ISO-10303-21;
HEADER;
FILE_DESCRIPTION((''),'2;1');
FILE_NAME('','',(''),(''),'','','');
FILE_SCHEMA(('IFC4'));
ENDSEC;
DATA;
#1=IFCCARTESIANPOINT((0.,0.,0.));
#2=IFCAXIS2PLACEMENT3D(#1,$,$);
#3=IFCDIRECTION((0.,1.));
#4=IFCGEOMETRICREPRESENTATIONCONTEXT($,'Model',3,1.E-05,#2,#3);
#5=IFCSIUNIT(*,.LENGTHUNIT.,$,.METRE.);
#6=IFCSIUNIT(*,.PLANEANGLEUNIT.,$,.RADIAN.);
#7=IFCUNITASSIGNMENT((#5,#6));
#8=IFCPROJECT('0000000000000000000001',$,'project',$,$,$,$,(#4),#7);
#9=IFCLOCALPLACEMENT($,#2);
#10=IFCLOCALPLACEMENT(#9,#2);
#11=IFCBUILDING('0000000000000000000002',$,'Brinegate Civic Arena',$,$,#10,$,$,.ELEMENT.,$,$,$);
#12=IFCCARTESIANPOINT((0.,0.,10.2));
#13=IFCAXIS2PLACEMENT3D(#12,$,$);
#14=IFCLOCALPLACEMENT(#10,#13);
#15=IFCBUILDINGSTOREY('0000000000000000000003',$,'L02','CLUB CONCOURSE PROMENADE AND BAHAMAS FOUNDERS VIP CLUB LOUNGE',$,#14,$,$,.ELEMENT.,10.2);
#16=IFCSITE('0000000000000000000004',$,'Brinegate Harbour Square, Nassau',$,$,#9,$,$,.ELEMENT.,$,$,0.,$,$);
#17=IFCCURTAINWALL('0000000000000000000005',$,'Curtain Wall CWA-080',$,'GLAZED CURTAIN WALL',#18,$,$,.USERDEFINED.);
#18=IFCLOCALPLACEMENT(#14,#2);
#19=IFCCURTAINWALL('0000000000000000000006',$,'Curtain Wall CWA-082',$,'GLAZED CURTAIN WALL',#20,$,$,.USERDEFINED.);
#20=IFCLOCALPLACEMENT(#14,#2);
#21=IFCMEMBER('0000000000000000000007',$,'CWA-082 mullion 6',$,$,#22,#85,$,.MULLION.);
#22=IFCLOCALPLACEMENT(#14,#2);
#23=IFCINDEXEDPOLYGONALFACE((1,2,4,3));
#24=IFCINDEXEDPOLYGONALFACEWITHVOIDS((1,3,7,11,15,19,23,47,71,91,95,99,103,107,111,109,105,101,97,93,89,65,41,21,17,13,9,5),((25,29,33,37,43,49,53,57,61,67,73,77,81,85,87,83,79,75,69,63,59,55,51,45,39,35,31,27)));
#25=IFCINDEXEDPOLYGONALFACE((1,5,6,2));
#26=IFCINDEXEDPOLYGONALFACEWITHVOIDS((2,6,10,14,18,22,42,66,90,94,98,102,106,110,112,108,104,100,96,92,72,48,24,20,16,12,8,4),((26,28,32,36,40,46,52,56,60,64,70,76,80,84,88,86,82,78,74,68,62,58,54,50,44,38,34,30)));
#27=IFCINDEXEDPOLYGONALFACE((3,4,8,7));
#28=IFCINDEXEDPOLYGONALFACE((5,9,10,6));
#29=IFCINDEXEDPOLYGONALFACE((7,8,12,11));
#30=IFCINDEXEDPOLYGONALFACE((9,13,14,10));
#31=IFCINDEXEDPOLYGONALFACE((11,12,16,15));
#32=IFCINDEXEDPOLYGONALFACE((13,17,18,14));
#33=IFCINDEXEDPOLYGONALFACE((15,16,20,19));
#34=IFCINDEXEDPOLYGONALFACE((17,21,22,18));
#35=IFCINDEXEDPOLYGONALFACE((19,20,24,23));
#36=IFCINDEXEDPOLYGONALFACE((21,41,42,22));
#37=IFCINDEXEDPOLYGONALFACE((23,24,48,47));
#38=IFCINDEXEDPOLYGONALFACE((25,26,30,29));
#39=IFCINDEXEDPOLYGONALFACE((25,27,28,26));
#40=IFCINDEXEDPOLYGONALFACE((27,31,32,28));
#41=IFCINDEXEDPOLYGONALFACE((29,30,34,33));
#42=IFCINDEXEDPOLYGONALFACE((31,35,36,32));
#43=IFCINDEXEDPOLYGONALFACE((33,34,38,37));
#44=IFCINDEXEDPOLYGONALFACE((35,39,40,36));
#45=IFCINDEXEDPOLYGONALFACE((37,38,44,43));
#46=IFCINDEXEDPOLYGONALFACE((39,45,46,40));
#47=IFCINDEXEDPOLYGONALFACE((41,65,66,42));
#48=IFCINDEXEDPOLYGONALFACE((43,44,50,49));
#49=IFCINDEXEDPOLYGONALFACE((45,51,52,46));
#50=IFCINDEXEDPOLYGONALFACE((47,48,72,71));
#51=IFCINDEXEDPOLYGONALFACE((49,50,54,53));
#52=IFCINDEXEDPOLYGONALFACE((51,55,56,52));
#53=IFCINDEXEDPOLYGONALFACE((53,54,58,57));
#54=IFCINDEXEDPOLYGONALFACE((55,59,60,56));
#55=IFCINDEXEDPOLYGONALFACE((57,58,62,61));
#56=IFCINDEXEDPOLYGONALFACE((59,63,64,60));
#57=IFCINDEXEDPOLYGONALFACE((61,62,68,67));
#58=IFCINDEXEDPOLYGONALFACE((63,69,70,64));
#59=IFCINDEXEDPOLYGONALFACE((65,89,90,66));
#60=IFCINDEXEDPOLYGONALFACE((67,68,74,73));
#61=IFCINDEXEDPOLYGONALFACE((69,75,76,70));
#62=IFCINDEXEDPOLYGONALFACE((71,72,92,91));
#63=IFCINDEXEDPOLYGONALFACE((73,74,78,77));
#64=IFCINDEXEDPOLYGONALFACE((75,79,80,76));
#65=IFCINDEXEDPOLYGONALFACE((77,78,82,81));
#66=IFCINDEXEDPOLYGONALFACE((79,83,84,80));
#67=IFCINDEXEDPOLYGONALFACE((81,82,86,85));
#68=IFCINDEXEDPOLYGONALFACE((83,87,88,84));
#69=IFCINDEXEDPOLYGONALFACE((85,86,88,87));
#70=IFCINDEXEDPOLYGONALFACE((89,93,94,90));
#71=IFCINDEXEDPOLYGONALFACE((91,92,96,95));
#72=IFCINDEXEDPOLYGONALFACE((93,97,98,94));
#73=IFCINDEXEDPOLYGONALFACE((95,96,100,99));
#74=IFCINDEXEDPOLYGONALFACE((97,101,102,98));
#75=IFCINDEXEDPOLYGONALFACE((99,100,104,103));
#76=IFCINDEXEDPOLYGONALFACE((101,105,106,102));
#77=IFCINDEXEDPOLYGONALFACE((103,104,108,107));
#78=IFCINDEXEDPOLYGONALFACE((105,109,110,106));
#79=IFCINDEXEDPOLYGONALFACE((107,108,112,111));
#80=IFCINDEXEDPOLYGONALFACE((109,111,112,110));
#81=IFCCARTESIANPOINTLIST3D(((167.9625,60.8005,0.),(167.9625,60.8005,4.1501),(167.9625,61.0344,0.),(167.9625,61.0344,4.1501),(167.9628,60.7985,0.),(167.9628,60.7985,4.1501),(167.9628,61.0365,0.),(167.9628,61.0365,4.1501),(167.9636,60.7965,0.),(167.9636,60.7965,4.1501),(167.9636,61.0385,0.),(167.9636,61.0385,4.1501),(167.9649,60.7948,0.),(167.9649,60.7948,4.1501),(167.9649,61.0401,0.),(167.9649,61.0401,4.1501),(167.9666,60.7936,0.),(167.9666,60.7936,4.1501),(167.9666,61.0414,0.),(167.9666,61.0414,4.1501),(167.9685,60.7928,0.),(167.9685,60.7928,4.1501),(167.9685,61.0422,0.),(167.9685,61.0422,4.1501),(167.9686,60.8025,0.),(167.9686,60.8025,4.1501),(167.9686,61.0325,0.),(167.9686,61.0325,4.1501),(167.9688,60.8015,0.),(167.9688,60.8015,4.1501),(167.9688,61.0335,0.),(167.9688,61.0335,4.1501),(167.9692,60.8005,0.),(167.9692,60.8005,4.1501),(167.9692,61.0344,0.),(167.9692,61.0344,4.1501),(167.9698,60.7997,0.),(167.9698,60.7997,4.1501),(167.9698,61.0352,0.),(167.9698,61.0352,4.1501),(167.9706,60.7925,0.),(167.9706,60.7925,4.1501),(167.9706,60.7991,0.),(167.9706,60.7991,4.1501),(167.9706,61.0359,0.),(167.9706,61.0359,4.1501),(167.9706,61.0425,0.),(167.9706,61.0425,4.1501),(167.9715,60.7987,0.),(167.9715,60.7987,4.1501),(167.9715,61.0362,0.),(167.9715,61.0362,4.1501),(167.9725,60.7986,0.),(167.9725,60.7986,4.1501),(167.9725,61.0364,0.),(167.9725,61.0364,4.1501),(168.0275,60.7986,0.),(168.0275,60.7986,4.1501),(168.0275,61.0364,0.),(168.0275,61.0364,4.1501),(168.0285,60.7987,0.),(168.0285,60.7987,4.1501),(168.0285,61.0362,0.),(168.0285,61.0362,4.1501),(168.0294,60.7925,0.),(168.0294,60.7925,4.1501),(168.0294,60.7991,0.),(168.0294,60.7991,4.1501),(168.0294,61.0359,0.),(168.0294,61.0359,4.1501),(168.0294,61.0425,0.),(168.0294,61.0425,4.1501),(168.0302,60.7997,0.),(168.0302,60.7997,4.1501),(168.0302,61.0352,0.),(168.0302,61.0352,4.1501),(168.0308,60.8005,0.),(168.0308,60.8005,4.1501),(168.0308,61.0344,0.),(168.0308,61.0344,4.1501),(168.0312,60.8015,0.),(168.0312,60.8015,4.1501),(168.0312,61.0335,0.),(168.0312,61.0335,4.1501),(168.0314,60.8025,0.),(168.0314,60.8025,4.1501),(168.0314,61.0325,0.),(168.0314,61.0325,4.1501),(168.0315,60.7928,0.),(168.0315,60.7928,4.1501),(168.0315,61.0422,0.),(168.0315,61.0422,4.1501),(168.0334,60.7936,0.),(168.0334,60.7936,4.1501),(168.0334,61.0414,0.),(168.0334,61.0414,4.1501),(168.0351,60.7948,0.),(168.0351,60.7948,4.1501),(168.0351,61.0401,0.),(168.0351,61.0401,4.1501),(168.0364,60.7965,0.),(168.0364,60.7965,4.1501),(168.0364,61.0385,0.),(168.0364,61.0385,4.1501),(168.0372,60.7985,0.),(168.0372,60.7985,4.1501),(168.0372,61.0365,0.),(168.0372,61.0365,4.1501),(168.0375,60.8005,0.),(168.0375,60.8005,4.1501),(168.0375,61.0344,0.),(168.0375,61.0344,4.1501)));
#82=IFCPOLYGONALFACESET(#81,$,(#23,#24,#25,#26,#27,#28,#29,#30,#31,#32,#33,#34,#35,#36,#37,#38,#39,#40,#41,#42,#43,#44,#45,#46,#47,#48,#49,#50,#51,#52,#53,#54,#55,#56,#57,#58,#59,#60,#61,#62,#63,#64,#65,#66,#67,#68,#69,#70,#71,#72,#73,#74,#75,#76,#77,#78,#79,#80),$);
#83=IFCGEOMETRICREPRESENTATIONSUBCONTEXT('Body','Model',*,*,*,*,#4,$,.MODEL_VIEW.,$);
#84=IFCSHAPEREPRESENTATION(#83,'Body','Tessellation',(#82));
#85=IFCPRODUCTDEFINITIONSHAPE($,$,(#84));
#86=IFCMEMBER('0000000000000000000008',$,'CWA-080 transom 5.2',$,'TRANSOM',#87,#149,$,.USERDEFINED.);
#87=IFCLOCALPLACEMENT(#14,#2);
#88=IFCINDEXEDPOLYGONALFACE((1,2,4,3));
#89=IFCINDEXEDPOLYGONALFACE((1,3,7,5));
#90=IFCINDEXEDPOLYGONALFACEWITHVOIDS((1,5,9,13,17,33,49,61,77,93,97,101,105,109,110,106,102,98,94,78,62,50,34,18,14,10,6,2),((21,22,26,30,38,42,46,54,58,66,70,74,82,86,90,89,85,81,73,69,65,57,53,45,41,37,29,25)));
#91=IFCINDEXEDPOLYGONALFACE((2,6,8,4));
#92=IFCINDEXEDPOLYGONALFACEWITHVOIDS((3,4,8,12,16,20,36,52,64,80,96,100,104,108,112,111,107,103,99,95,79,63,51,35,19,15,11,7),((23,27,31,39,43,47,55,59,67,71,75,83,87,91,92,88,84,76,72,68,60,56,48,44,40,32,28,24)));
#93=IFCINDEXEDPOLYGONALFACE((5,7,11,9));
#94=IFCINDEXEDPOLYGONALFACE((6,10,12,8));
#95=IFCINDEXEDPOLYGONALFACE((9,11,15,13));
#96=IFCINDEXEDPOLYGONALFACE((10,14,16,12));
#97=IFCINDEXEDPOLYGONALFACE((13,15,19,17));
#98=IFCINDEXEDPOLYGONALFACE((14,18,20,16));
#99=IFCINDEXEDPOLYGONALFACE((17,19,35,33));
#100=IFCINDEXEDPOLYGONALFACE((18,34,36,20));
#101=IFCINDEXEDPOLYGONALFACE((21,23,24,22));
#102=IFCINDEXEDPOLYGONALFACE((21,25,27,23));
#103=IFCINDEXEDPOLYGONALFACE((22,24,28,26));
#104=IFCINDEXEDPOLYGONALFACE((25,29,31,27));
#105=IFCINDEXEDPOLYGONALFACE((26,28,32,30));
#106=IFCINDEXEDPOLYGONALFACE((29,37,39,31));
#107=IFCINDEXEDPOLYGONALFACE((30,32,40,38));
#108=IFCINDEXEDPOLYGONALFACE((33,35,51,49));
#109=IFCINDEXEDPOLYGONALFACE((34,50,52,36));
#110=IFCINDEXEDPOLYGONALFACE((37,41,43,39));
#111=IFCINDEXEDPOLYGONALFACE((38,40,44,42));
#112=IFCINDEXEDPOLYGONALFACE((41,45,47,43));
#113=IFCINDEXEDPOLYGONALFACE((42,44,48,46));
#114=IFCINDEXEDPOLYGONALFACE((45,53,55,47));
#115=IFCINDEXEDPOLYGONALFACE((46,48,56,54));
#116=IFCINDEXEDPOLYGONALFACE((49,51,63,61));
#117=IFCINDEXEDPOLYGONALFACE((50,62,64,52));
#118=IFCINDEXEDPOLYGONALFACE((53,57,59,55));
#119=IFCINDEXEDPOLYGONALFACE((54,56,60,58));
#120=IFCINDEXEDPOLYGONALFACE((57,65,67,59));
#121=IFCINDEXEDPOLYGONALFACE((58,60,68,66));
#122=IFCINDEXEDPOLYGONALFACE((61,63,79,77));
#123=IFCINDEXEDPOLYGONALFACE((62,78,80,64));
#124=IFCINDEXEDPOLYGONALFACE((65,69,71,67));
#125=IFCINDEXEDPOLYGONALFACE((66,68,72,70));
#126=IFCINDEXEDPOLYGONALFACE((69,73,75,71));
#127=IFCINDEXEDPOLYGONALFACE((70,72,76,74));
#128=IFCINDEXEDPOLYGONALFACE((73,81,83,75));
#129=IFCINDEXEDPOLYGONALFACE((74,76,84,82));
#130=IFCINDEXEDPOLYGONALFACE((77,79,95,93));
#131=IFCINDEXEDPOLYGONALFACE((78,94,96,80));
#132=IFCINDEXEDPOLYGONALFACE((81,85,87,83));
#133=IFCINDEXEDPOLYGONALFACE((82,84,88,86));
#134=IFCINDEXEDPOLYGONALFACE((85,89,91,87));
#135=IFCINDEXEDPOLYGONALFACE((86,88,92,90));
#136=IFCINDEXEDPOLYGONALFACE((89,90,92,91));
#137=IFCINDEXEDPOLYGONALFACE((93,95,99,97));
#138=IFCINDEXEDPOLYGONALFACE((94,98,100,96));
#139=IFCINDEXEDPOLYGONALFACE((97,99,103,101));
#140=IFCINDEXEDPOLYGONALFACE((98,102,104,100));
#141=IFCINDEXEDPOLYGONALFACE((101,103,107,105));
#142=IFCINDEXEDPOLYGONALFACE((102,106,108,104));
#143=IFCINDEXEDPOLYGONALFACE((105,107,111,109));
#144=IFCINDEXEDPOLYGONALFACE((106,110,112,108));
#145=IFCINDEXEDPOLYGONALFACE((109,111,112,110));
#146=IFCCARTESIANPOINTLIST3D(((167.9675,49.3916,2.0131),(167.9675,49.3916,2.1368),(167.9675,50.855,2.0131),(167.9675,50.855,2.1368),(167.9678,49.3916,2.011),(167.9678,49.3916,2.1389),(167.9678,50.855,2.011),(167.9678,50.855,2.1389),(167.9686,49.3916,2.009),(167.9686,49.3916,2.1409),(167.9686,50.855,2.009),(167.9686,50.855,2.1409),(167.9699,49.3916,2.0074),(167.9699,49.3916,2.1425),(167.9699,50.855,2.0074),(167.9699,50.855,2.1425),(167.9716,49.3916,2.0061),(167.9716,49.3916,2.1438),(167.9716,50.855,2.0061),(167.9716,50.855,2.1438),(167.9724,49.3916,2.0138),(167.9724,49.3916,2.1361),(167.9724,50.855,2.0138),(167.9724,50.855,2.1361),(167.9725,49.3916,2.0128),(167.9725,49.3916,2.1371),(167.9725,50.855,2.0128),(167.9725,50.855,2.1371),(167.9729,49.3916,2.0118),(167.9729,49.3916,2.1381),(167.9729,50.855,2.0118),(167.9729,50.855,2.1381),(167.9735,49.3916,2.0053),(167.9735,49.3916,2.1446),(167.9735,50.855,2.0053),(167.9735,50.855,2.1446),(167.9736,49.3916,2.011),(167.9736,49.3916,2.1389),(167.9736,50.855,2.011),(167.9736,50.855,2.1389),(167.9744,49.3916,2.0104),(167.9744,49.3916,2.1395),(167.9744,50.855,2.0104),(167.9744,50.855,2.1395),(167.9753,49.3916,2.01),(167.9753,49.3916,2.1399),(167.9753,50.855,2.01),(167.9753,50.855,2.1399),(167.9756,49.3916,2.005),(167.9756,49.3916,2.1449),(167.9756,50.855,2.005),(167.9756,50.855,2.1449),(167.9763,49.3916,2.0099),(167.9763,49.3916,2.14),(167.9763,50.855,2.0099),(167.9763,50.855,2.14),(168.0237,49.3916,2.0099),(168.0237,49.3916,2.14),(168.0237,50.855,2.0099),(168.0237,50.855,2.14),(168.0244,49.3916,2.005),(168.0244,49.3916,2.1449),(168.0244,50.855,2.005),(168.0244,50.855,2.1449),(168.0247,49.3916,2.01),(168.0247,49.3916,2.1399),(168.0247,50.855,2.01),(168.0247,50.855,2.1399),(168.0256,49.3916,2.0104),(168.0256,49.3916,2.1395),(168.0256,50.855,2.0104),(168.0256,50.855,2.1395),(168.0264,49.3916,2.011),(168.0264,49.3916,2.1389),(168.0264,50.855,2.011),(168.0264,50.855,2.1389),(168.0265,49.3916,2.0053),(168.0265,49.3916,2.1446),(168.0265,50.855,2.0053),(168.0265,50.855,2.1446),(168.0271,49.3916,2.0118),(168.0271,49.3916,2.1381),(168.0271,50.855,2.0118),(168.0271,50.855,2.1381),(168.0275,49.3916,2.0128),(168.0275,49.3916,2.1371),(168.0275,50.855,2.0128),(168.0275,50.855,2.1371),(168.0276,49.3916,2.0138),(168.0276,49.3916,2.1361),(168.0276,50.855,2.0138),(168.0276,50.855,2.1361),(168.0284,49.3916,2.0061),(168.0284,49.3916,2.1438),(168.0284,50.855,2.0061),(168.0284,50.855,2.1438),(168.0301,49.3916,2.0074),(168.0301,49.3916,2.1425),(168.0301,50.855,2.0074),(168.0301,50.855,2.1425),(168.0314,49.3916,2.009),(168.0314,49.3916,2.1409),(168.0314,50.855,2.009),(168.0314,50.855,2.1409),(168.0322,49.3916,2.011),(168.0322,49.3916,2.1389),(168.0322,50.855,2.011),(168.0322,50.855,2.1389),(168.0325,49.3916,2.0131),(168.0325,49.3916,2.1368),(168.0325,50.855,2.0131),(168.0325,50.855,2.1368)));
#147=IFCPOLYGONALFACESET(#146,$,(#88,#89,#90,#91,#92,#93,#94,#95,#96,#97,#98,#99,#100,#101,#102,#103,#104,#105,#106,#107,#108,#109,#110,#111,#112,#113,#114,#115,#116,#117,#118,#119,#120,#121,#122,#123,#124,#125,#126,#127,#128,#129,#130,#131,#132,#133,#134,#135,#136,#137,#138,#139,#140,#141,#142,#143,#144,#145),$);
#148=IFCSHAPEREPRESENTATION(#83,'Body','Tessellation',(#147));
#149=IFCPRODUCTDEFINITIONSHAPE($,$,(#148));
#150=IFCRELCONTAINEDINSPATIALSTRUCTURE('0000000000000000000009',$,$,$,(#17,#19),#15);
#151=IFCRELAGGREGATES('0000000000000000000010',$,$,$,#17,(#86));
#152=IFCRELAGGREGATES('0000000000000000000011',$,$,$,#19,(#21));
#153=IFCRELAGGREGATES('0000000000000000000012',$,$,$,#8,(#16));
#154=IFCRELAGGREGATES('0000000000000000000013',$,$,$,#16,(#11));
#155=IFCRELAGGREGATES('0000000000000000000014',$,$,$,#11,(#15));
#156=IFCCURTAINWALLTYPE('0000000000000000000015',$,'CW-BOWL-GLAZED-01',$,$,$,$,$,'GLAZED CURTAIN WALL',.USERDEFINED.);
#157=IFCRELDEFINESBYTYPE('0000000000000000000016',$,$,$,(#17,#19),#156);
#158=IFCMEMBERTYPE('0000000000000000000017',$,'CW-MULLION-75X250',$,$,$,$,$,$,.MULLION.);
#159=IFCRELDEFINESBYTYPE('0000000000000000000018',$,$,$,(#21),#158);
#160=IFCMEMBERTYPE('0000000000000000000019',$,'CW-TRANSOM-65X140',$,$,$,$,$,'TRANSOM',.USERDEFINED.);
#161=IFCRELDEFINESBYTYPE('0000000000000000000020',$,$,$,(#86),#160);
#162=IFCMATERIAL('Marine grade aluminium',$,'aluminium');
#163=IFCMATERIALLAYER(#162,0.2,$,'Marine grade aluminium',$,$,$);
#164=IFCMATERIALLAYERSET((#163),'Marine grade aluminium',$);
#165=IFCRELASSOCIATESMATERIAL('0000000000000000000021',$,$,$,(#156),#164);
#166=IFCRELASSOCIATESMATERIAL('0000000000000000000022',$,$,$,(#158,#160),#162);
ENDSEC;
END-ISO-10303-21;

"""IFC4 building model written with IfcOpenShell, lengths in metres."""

from ifc_helpers import new_model, si_unit, direction, frame, origin, origin_2d, place, context, subcontext, project, spatial, hollow_rectangle, extrude, material, layer, layer_set, material_profile, profile_set, type_object, element, aggregate, save


model = new_model("IFC4")

# Units and contexts
model_context = context("Model", 3, precision=1e-05, world=origin(), true_north=direction((0.0, 1.0)))
body_context = subcontext(model_context, "Body", "Model", "MODEL_VIEW")
ifc_project = project(units=[si_unit("LENGTHUNIT", "METRE"), si_unit("PLANEANGLEUNIT", "RADIAN")], contexts=[model_context])

# Site, building, storey
site_placement = place(None, origin())
site = spatial("IfcSite", under=ifc_project, at=site_placement, Name="Brinegate Harbour Square, Nassau", CompositionType="ELEMENT", RefElevation=0.0)
building_placement = place(site_placement, origin())
building = spatial("IfcBuilding", under=site, at=building_placement, Name="Brinegate Civic Arena", CompositionType="ELEMENT")
storey_placement = place(building_placement, frame((0.0, 0.0, 10.2)))
storey = spatial("IfcBuildingStorey", under=building, at=storey_placement, Name="L02", Description="CLUB CONCOURSE PROMENADE AND BAHAMAS FOUNDERS VIP CLUB LOUNGE", CompositionType="ELEMENT", Elevation=10.2)

# Curtain wall
ifc_material_1 = material(Name="Marine grade aluminium", Category="aluminium")
ifc_layer_1 = layer(ifc_material_1, 0.2, Name="Marine grade aluminium")
ifc_layer_set_1 = layer_set([ifc_layer_1], Name="Marine grade aluminium")
curtain_wall_type = type_object("IfcCurtainWallType", Name="CW-BOWL-GLAZED-01", ElementType="GLAZED CURTAIN WALL", PredefinedType="USERDEFINED", material=ifc_layer_set_1)
curtain_wall_1_placement = place(storey_placement, origin())
curtain_wall_1 = element("IfcCurtainWall", 1, at=curtain_wall_1_placement, inside=storey, type_object=curtain_wall_type, Name="Curtain Wall CWA-080", ObjectType="GLAZED CURTAIN WALL", PredefinedType="USERDEFINED")

# Curtain wall, member
curtain_wall_2_placement = place(storey_placement, origin())
curtain_wall_2 = element("IfcCurtainWall", 2, at=curtain_wall_2_placement, inside=storey, type_object=curtain_wall_type, Name="Curtain Wall CWA-082", ObjectType="GLAZED CURTAIN WALL", PredefinedType="USERDEFINED")
ifc_material_profile_1 = material_profile(ifc_material_1, hollow_rectangle(XDim=0.075, YDim=0.25, WallThickness=0.0061, InnerFilletRadius=0.0039, OuterFilletRadius=0.0081, at=origin_2d()), Name="MUL75X250")
ifc_profile_set_1 = profile_set([ifc_material_profile_1], Name="Marine grade aluminium")
member_type_1 = type_object("IfcMemberType", Name="CW-MULLION-75X250", PredefinedType="MULLION", material=ifc_profile_set_1)
member_1_placement = place(storey_placement, frame((168.0, 60.9175, 0.0), z_axis=(0.0, 0.0, 1.0), x_axis=(-1.0, 0.0, 0.0)))
member_1 = element("IfcMember", 3, at=member_1_placement, type_object=member_type_1, Name="CWA-082 mullion 6", PredefinedType="MULLION", context=body_context, shape_type="SweptSolid", body=[
    extrude(hollow_rectangle(XDim=0.075, YDim=0.25, WallThickness=0.0061, InnerFilletRadius=0.0039, OuterFilletRadius=0.0081, at=origin_2d()), origin(), (0.0, 0.0, 1.0), 4.1501),
])

# Member
ifc_material_profile_2 = material_profile(ifc_material_1, hollow_rectangle(XDim=0.0649, YDim=0.1399, WallThickness=0.0049, InnerFilletRadius=0.0039, OuterFilletRadius=0.0081, at=origin_2d()), Name="TRN65X140")
ifc_profile_set_2 = profile_set([ifc_material_profile_2], Name="Marine grade aluminium")
member_type_2 = type_object("IfcMemberType", Name="CW-TRANSOM-65X140", ElementType="TRANSOM", PredefinedType="USERDEFINED", material=ifc_profile_set_2)
member_2_placement = place(storey_placement, frame((168.0, 49.3916, 2.075), z_axis=(0.0, 1.0, 0.0), x_axis=(-1.0, 0.0, 0.0)))
member_2 = element("IfcMember", 4, at=member_2_placement, type_object=member_type_2, Name="CWA-080 transom 5.2", ObjectType="TRANSOM", PredefinedType="USERDEFINED", context=body_context, shape_type="SweptSolid", body=[
    extrude(hollow_rectangle(XDim=0.0649, YDim=0.1399, WallThickness=0.0049, InnerFilletRadius=0.0039, OuterFilletRadius=0.0081, at=origin_2d()), origin(), (0.0, 0.0, 1.0), 1.4634),
])

aggregate(curtain_wall_1, [member_2])
aggregate(curtain_wall_2, [member_1])

save(model, "model.ifc")
